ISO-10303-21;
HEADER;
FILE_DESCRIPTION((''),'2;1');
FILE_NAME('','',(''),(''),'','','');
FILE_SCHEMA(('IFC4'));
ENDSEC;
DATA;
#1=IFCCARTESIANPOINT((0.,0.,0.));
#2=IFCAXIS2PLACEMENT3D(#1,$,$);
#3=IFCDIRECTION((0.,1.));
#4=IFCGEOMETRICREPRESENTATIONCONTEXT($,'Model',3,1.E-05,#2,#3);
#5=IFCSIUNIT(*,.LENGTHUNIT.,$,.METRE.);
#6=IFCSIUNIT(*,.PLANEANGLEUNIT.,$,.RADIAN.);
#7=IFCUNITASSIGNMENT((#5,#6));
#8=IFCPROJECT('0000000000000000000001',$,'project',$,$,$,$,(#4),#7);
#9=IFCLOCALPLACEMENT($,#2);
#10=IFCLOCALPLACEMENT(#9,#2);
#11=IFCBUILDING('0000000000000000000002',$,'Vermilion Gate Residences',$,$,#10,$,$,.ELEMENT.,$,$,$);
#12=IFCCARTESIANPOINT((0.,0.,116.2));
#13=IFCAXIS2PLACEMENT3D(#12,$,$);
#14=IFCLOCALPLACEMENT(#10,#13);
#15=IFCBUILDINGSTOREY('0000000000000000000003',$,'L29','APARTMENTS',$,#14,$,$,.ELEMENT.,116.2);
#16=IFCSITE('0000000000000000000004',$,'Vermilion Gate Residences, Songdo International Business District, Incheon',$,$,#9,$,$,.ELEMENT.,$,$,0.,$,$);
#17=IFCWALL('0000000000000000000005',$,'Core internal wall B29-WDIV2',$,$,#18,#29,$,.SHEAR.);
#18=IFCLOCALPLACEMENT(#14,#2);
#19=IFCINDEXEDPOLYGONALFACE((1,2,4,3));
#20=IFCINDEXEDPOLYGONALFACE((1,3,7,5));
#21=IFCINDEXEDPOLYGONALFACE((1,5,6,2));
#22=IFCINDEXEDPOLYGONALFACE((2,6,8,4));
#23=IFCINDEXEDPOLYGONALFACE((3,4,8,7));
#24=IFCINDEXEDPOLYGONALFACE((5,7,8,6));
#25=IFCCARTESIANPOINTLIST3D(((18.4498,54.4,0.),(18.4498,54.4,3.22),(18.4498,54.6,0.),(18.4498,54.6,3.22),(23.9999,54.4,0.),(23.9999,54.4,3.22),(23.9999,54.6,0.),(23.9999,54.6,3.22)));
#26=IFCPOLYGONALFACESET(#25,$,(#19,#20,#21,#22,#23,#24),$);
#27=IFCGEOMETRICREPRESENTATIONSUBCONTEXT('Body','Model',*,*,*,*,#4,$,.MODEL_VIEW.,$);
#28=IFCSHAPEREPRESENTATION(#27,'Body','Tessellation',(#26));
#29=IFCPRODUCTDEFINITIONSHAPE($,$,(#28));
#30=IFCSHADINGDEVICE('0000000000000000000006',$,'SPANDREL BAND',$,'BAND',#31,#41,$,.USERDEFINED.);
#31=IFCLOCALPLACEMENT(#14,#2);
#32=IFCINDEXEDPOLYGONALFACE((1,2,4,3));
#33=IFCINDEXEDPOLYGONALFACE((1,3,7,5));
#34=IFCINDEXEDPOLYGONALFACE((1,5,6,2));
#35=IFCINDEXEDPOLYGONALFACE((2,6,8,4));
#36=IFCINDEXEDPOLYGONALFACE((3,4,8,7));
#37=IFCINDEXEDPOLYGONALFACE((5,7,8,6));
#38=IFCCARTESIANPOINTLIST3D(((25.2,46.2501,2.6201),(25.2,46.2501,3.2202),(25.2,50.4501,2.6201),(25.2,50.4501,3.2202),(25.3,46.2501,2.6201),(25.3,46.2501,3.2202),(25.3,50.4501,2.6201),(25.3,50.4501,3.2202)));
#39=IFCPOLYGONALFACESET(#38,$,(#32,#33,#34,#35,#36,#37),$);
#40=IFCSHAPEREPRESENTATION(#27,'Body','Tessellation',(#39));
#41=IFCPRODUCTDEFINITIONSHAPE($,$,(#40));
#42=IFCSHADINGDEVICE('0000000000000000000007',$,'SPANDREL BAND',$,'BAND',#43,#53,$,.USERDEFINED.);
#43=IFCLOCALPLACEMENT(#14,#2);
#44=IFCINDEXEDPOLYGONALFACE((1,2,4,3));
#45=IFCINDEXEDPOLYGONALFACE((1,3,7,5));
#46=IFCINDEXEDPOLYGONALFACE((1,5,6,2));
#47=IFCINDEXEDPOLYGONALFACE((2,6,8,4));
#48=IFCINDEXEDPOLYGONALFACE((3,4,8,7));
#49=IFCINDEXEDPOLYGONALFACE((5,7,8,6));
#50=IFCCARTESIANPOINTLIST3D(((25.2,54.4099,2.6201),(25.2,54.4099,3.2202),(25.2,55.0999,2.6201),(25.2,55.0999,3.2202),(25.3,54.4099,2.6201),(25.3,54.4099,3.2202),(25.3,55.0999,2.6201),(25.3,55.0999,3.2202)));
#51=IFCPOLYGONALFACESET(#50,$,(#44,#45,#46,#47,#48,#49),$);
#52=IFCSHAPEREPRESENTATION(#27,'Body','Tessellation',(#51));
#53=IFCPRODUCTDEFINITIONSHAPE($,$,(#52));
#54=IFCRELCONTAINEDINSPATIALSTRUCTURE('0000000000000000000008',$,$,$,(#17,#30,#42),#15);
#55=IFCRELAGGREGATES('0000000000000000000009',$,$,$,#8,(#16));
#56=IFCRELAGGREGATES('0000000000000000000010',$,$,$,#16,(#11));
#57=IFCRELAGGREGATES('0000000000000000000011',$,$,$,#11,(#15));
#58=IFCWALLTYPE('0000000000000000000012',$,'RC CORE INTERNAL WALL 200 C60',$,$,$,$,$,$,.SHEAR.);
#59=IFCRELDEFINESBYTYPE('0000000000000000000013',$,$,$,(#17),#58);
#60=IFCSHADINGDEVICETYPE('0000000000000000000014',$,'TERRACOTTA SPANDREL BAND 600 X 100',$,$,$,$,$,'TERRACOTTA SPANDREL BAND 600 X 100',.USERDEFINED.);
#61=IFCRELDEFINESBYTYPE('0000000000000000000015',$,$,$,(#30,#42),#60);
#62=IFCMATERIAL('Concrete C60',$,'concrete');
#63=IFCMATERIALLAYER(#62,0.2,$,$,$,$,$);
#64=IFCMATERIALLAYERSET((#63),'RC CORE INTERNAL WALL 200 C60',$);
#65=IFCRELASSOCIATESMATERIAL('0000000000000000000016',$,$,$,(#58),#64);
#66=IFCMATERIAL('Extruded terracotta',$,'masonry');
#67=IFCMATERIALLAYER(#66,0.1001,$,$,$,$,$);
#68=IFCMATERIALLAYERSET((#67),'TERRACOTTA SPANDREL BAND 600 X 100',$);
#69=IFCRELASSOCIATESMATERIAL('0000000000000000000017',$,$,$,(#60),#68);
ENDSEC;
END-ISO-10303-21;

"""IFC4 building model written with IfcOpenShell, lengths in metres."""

from ifc_helpers import new_model, si_unit, direction, frame, frame_2d, origin, origin_2d, place, context, subcontext, project, spatial, rectangle, extrude, material, layer, layer_set, type_object, element, save


model = new_model("IFC4")

# Units and contexts
model_context = context("Model", 3, precision=1e-05, world=origin(), true_north=direction((0.0, 1.0)))
body_context = subcontext(model_context, "Body", "Model", "MODEL_VIEW")
ifc_project = project(units=[si_unit("LENGTHUNIT", "METRE"), si_unit("PLANEANGLEUNIT", "RADIAN")], contexts=[model_context])

# Site, building, storey
site_placement = place(None, origin())
site = spatial("IfcSite", under=ifc_project, at=site_placement, Name="Vermilion Gate Residences, Songdo International Business District, Incheon", CompositionType="ELEMENT", RefElevation=0.0)
building_placement = place(site_placement, origin())
building = spatial("IfcBuilding", under=site, at=building_placement, Name="Vermilion Gate Residences", CompositionType="ELEMENT")
storey_placement = place(building_placement, frame((0.0, 0.0, 116.2)))
storey = spatial("IfcBuildingStorey", under=building, at=storey_placement, Name="L29", Description="APARTMENTS", CompositionType="ELEMENT", Elevation=116.2)

# Shared definitions
ifc_material_1 = material(Name="Concrete C60", Category="concrete")
ifc_layer_1 = layer(ifc_material_1, 0.2)
ifc_layer_set_1 = layer_set([ifc_layer_1], Name="RC CORE INTERNAL WALL 200 C60")
wall_type_1 = type_object("IfcWallType", Name="RC CORE INTERNAL WALL 200 C60", PredefinedType="SHEAR", material=ifc_layer_set_1)

# Wall
wall_1_placement = place(storey_placement, frame((18.45, 54.5, 0.0), z_axis=(0.0, 0.0, 1.0), x_axis=(1.0, 0.0, 0.0)))
element("IfcWall", 1, at=wall_1_placement, inside=storey, type_object=wall_type_1, Name="Core internal wall B29-WDIV2", PredefinedType="SHEAR", context=body_context, shape_type="SweptSolid", body=[
    extrude(rectangle(XDim=5.55, YDim=0.2, at=frame_2d((2.7749, 0.0))), origin(), (0.0, 0.0, 1.0), 3.22),
])

# Shading devices
ifc_material_2 = material(Name="Extruded terracotta", Category="masonry")
ifc_layer_2 = layer(ifc_material_2, 0.1001)
ifc_layer_set_2 = layer_set([ifc_layer_2], Name="TERRACOTTA SPANDREL BAND 600 X 100")
shading_device_type = type_object("IfcShadingDeviceType", Name="TERRACOTTA SPANDREL BAND 600 X 100", ElementType="TERRACOTTA SPANDREL BAND 600 X 100", PredefinedType="USERDEFINED", material=ifc_layer_set_2)
shading_device_1_placement = place(storey_placement, frame((25.25, 48.3501, 2.6201), z_axis=(0.0, 0.0, 1.0), x_axis=(0.0, 1.0, 0.0)))
element("IfcShadingDevice", 2, at=shading_device_1_placement, inside=storey, type_object=shading_device_type, Name="SPANDREL BAND", ObjectType="BAND", PredefinedType="USERDEFINED", context=body_context, shape_type="SweptSolid", body=[
    extrude(rectangle(XDim=4.2, YDim=0.1001, at=origin_2d()), origin(), (0.0, 0.0, 1.0), 0.6001),
])
shading_device_2_placement = place(storey_placement, frame((25.25, 54.7549, 2.6201), z_axis=(0.0, 0.0, 1.0), x_axis=(0.0, 1.0, 0.0)))
element("IfcShadingDevice", 3, at=shading_device_2_placement, inside=storey, type_object=shading_device_type, Name="SPANDREL BAND", ObjectType="BAND", PredefinedType="USERDEFINED", context=body_context, shape_type="SweptSolid", body=[
    extrude(rectangle(XDim=0.6899, YDim=0.1001, at=origin_2d()), origin(), (0.0, 0.0, 1.0), 0.6001),
])

save(model, "model.ifc")
